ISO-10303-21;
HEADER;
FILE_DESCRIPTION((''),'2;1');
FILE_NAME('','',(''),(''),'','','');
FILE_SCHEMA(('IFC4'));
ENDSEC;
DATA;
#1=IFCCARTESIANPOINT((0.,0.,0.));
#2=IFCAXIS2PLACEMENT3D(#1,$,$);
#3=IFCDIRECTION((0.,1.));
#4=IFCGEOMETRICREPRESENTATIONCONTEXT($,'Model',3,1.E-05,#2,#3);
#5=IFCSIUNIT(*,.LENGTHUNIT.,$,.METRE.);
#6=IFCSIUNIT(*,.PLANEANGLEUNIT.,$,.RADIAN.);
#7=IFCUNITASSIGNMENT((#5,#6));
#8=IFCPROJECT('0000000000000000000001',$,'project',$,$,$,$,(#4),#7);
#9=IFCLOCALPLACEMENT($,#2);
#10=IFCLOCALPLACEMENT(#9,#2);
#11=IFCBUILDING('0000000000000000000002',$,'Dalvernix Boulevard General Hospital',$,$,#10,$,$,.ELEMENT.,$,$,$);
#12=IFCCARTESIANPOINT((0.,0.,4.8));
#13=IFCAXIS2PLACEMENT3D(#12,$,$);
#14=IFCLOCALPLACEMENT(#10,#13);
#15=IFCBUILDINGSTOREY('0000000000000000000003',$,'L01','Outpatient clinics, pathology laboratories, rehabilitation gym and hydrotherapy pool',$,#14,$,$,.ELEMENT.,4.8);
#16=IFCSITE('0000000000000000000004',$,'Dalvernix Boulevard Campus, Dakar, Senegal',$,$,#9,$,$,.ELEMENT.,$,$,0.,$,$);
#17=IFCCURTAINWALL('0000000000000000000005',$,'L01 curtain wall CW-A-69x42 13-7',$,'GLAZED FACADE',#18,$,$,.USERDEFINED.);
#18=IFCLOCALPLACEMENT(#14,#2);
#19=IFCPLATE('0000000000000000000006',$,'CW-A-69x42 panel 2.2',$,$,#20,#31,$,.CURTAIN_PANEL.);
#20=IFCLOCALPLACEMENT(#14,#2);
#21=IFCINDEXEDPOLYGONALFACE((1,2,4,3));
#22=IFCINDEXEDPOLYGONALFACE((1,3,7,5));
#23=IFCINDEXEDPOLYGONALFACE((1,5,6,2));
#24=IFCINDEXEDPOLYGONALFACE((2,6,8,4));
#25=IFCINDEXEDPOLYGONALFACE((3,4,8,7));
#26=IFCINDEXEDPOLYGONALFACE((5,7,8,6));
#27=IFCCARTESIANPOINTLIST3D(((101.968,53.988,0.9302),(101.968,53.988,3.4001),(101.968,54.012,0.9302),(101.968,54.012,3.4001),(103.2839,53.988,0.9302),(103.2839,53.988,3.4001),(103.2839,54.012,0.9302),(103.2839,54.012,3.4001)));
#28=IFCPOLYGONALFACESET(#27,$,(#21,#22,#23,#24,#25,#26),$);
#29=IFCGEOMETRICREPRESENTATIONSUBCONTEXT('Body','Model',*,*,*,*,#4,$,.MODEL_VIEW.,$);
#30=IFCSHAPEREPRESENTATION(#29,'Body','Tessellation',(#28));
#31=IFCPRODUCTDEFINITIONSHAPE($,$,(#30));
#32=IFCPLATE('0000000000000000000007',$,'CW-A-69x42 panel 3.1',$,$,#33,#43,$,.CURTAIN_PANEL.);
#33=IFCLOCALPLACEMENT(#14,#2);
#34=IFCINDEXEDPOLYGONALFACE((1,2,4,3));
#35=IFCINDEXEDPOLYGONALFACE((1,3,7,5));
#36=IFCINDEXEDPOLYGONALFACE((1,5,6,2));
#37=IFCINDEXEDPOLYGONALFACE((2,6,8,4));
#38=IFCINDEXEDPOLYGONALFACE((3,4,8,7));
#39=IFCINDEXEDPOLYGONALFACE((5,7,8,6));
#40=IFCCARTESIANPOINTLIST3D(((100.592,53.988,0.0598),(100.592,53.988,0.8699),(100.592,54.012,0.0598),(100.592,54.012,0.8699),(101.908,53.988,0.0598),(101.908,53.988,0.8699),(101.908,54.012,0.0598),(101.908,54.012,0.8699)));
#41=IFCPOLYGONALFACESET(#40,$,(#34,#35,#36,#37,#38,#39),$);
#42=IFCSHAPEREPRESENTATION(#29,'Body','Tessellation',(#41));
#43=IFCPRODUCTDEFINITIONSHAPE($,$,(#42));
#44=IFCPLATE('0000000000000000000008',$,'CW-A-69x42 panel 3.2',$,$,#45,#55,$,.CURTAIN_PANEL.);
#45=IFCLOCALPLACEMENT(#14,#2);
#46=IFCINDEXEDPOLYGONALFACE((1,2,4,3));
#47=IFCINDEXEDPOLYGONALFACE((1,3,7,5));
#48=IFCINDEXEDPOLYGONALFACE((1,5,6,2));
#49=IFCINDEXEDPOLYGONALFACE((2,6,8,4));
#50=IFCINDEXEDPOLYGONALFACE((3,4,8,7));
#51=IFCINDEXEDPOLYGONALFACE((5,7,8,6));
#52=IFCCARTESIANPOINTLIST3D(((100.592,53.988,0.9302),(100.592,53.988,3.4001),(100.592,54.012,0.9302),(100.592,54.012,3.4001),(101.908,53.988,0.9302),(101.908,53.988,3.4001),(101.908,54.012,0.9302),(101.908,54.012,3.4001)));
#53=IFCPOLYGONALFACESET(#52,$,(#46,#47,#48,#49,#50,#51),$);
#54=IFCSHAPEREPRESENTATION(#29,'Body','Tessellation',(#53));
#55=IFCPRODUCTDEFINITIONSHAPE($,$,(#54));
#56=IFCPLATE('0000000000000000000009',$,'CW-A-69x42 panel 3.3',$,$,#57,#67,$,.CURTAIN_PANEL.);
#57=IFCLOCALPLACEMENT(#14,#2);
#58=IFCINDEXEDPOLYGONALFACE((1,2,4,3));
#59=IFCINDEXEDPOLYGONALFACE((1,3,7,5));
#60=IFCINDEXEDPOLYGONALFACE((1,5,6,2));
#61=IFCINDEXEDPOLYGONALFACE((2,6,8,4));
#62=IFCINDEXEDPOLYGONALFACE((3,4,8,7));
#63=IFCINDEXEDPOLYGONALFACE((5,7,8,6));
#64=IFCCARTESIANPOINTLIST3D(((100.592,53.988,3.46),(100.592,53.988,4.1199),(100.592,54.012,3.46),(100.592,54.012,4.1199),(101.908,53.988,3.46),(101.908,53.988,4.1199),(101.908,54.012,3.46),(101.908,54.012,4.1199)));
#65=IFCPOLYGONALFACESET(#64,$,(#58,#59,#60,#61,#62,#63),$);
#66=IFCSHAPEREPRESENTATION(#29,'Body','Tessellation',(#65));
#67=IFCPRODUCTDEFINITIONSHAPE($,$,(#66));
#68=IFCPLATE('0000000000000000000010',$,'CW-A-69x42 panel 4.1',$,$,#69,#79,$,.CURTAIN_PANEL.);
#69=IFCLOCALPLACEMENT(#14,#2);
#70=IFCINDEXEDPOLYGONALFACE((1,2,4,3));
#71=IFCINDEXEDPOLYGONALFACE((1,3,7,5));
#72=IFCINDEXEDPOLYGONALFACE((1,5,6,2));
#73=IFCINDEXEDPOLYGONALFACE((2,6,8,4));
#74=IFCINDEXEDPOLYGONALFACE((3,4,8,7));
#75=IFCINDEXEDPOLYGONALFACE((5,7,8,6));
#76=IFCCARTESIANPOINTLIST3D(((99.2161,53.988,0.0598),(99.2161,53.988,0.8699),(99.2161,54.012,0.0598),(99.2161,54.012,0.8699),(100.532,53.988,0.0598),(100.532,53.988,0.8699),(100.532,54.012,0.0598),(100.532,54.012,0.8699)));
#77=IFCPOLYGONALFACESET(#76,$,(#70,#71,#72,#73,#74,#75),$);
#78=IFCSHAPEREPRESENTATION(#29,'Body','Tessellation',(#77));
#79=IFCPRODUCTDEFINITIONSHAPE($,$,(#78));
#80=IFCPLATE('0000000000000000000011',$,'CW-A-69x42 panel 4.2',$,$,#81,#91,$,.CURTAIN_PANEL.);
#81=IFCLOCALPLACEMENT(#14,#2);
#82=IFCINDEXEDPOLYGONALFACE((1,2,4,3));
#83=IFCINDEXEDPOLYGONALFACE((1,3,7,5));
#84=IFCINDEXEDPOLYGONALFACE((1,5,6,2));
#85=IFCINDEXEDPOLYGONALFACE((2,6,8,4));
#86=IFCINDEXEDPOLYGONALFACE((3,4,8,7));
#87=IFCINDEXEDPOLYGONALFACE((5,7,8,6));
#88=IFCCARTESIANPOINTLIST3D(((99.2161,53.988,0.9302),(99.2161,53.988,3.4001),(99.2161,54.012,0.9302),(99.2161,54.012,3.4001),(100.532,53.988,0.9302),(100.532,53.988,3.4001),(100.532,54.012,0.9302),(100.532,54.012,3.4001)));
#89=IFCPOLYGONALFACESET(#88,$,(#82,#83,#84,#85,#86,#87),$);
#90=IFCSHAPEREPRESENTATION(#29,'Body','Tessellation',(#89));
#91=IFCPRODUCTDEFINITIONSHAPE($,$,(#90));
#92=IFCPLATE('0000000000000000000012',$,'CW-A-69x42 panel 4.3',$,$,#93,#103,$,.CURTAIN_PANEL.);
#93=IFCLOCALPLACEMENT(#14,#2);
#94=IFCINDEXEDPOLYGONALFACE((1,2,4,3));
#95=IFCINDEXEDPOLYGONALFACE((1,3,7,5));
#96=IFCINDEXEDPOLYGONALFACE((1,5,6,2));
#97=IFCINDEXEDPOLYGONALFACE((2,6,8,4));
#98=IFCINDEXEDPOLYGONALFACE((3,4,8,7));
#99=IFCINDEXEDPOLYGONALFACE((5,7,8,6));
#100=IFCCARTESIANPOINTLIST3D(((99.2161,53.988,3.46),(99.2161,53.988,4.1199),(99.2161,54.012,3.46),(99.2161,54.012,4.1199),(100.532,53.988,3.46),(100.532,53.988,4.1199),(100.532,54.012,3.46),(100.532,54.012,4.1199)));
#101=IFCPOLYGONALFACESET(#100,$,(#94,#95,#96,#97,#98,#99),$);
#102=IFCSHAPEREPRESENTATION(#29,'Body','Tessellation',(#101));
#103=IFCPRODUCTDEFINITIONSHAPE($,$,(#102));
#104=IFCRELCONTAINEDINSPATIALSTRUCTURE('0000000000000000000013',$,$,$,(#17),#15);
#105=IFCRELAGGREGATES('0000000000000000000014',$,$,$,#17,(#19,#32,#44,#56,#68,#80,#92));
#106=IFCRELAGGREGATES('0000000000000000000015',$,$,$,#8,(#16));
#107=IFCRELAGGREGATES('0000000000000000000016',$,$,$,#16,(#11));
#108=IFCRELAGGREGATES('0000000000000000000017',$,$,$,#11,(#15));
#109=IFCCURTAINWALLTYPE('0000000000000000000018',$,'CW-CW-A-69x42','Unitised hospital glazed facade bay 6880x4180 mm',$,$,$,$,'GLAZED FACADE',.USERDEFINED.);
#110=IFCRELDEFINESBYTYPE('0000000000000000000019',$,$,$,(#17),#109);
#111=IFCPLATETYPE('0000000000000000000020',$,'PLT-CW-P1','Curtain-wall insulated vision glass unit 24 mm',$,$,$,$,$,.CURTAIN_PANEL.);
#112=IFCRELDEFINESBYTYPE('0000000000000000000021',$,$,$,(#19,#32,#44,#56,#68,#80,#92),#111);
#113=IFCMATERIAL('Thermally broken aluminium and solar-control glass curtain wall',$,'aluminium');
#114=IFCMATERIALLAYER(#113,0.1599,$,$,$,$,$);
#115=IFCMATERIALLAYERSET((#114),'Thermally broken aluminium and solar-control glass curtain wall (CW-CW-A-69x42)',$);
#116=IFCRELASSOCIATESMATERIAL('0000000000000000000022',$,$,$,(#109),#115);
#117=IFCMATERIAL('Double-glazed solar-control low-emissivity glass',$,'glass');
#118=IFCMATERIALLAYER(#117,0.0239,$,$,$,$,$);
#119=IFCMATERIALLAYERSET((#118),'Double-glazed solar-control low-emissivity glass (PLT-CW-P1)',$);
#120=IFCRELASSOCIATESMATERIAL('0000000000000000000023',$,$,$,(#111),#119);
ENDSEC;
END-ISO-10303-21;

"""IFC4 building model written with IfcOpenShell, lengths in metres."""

from ifc_helpers import new_model, si_unit, direction, frame, origin, origin_2d, place, context, subcontext, project, spatial, rectangle, extrude, material, layer, layer_set, type_object, element, aggregate, save


model = new_model("IFC4")

# Units and contexts
model_context = context("Model", 3, precision=1e-05, world=origin(), true_north=direction((0.0, 1.0)))
body_context = subcontext(model_context, "Body", "Model", "MODEL_VIEW")
ifc_project = project(units=[si_unit("LENGTHUNIT", "METRE"), si_unit("PLANEANGLEUNIT", "RADIAN")], contexts=[model_context])

# Site, building, storey
site_placement = place(None, origin())
site = spatial("IfcSite", under=ifc_project, at=site_placement, Name="Dalvernix Boulevard Campus, Dakar, Senegal", CompositionType="ELEMENT", RefElevation=0.0)
building_placement = place(site_placement, origin())
building = spatial("IfcBuilding", under=site, at=building_placement, Name="Dalvernix Boulevard General Hospital", CompositionType="ELEMENT")
storey_placement = place(building_placement, frame((0.0, 0.0, 4.8)))
storey = spatial("IfcBuildingStorey", under=building, at=storey_placement, Name="L01", Description="Outpatient clinics, pathology laboratories, rehabilitation gym and hydrotherapy pool", CompositionType="ELEMENT", Elevation=4.8)

# Curtain wall, plates
ifc_material_1 = material(Name="Thermally broken aluminium and solar-control glass curtain wall", Category="aluminium")
ifc_layer_1 = layer(ifc_material_1, 0.1599)
ifc_layer_set_1 = layer_set([ifc_layer_1], Name="Thermally broken aluminium and solar-control glass curtain wall (CW-CW-A-69x42)")
curtain_wall_type = type_object("IfcCurtainWallType", Name="CW-CW-A-69x42", Description="Unitised hospital glazed facade bay 6880x4180 mm", ElementType="GLAZED FACADE", PredefinedType="USERDEFINED", material=ifc_layer_set_1)
curtain_wall_placement = place(storey_placement, origin())
curtain_wall = element("IfcCurtainWall", 1, at=curtain_wall_placement, inside=storey, type_object=curtain_wall_type, Name="L01 curtain wall CW-A-69x42 13-7", ObjectType="GLAZED FACADE", PredefinedType="USERDEFINED")
ifc_material_2 = material(Name="Double-glazed solar-control low-emissivity glass", Category="glass")
ifc_layer_2 = layer(ifc_material_2, 0.0239)
ifc_layer_set_2 = layer_set([ifc_layer_2], Name="Double-glazed solar-control low-emissivity glass (PLT-CW-P1)")
plate_type = type_object("IfcPlateType", Name="PLT-CW-P1", Description="Curtain-wall insulated vision glass unit 24 mm", PredefinedType="CURTAIN_PANEL", material=ifc_layer_set_2)
plate_1_placement = place(storey_placement, frame((102.626, 54.0, 0.9302), z_axis=(0.0, 0.0, 1.0), x_axis=(-1.0, 0.0, 0.0)))
plate_1 = element("IfcPlate", 2, at=plate_1_placement, type_object=plate_type, Name="CW-A-69x42 panel 2.2", PredefinedType="CURTAIN_PANEL", context=body_context, shape_type="SweptSolid", body=[
    extrude(rectangle(XDim=1.3159, YDim=0.0239, at=origin_2d()), origin(), (0.0, 0.0, 1.0), 2.47),
])
plate_2_placement = place(storey_placement, frame((101.25, 54.0, 0.0598), z_axis=(0.0, 0.0, 1.0), x_axis=(-1.0, 0.0, 0.0)))
plate_2 = element("IfcPlate", 3, at=plate_2_placement, type_object=plate_type, Name="CW-A-69x42 panel 3.1", PredefinedType="CURTAIN_PANEL", context=body_context, shape_type="SweptSolid", body=[
    extrude(rectangle(XDim=1.3159, YDim=0.0239, at=origin_2d()), origin(), (0.0, 0.0, 1.0), 0.8101),
])
plate_3_placement = place(storey_placement, frame((101.25, 54.0, 0.9302), z_axis=(0.0, 0.0, 1.0), x_axis=(-1.0, 0.0, 0.0)))
plate_3 = element("IfcPlate", 4, at=plate_3_placement, type_object=plate_type, Name="CW-A-69x42 panel 3.2", PredefinedType="CURTAIN_PANEL", context=body_context, shape_type="SweptSolid", body=[
    extrude(rectangle(XDim=1.3159, YDim=0.0239, at=origin_2d()), origin(), (0.0, 0.0, 1.0), 2.47),
])
plate_4_placement = place(storey_placement, frame((101.25, 54.0, 3.46), z_axis=(0.0, 0.0, 1.0), x_axis=(-1.0, 0.0, 0.0)))
plate_4 = element("IfcPlate", 5, at=plate_4_placement, type_object=plate_type, Name="CW-A-69x42 panel 3.3", PredefinedType="CURTAIN_PANEL", context=body_context, shape_type="SweptSolid", body=[
    extrude(rectangle(XDim=1.3159, YDim=0.0239, at=origin_2d()), origin(), (0.0, 0.0, 1.0), 0.6599),
])
plate_5_placement = place(storey_placement, frame((99.874, 54.0, 0.0598), z_axis=(0.0, 0.0, 1.0), x_axis=(-1.0, 0.0, 0.0)))
plate_5 = element("IfcPlate", 6, at=plate_5_placement, type_object=plate_type, Name="CW-A-69x42 panel 4.1", PredefinedType="CURTAIN_PANEL", context=body_context, shape_type="SweptSolid", body=[
    extrude(rectangle(XDim=1.3159, YDim=0.0239, at=origin_2d()), origin(), (0.0, 0.0, 1.0), 0.8101),
])
plate_6_placement = place(storey_placement, frame((99.874, 54.0, 0.9302), z_axis=(0.0, 0.0, 1.0), x_axis=(-1.0, 0.0, 0.0)))
plate_6 = element("IfcPlate", 7, at=plate_6_placement, type_object=plate_type, Name="CW-A-69x42 panel 4.2", PredefinedType="CURTAIN_PANEL", context=body_context, shape_type="SweptSolid", body=[
    extrude(rectangle(XDim=1.3159, YDim=0.0239, at=origin_2d()), origin(), (0.0, 0.0, 1.0), 2.47),
])
plate_7_placement = place(storey_placement, frame((99.874, 54.0, 3.46), z_axis=(0.0, 0.0, 1.0), x_axis=(-1.0, 0.0, 0.0)))
plate_7 = element("IfcPlate", 8, at=plate_7_placement, type_object=plate_type, Name="CW-A-69x42 panel 4.3", PredefinedType="CURTAIN_PANEL", context=body_context, shape_type="SweptSolid", body=[
    extrude(rectangle(XDim=1.3159, YDim=0.0239, at=origin_2d()), origin(), (0.0, 0.0, 1.0), 0.6599),
])
aggregate(curtain_wall, [plate_1, plate_2, plate_3, plate_4, plate_5, plate_6, plate_7])

save(model, "model.ifc")
